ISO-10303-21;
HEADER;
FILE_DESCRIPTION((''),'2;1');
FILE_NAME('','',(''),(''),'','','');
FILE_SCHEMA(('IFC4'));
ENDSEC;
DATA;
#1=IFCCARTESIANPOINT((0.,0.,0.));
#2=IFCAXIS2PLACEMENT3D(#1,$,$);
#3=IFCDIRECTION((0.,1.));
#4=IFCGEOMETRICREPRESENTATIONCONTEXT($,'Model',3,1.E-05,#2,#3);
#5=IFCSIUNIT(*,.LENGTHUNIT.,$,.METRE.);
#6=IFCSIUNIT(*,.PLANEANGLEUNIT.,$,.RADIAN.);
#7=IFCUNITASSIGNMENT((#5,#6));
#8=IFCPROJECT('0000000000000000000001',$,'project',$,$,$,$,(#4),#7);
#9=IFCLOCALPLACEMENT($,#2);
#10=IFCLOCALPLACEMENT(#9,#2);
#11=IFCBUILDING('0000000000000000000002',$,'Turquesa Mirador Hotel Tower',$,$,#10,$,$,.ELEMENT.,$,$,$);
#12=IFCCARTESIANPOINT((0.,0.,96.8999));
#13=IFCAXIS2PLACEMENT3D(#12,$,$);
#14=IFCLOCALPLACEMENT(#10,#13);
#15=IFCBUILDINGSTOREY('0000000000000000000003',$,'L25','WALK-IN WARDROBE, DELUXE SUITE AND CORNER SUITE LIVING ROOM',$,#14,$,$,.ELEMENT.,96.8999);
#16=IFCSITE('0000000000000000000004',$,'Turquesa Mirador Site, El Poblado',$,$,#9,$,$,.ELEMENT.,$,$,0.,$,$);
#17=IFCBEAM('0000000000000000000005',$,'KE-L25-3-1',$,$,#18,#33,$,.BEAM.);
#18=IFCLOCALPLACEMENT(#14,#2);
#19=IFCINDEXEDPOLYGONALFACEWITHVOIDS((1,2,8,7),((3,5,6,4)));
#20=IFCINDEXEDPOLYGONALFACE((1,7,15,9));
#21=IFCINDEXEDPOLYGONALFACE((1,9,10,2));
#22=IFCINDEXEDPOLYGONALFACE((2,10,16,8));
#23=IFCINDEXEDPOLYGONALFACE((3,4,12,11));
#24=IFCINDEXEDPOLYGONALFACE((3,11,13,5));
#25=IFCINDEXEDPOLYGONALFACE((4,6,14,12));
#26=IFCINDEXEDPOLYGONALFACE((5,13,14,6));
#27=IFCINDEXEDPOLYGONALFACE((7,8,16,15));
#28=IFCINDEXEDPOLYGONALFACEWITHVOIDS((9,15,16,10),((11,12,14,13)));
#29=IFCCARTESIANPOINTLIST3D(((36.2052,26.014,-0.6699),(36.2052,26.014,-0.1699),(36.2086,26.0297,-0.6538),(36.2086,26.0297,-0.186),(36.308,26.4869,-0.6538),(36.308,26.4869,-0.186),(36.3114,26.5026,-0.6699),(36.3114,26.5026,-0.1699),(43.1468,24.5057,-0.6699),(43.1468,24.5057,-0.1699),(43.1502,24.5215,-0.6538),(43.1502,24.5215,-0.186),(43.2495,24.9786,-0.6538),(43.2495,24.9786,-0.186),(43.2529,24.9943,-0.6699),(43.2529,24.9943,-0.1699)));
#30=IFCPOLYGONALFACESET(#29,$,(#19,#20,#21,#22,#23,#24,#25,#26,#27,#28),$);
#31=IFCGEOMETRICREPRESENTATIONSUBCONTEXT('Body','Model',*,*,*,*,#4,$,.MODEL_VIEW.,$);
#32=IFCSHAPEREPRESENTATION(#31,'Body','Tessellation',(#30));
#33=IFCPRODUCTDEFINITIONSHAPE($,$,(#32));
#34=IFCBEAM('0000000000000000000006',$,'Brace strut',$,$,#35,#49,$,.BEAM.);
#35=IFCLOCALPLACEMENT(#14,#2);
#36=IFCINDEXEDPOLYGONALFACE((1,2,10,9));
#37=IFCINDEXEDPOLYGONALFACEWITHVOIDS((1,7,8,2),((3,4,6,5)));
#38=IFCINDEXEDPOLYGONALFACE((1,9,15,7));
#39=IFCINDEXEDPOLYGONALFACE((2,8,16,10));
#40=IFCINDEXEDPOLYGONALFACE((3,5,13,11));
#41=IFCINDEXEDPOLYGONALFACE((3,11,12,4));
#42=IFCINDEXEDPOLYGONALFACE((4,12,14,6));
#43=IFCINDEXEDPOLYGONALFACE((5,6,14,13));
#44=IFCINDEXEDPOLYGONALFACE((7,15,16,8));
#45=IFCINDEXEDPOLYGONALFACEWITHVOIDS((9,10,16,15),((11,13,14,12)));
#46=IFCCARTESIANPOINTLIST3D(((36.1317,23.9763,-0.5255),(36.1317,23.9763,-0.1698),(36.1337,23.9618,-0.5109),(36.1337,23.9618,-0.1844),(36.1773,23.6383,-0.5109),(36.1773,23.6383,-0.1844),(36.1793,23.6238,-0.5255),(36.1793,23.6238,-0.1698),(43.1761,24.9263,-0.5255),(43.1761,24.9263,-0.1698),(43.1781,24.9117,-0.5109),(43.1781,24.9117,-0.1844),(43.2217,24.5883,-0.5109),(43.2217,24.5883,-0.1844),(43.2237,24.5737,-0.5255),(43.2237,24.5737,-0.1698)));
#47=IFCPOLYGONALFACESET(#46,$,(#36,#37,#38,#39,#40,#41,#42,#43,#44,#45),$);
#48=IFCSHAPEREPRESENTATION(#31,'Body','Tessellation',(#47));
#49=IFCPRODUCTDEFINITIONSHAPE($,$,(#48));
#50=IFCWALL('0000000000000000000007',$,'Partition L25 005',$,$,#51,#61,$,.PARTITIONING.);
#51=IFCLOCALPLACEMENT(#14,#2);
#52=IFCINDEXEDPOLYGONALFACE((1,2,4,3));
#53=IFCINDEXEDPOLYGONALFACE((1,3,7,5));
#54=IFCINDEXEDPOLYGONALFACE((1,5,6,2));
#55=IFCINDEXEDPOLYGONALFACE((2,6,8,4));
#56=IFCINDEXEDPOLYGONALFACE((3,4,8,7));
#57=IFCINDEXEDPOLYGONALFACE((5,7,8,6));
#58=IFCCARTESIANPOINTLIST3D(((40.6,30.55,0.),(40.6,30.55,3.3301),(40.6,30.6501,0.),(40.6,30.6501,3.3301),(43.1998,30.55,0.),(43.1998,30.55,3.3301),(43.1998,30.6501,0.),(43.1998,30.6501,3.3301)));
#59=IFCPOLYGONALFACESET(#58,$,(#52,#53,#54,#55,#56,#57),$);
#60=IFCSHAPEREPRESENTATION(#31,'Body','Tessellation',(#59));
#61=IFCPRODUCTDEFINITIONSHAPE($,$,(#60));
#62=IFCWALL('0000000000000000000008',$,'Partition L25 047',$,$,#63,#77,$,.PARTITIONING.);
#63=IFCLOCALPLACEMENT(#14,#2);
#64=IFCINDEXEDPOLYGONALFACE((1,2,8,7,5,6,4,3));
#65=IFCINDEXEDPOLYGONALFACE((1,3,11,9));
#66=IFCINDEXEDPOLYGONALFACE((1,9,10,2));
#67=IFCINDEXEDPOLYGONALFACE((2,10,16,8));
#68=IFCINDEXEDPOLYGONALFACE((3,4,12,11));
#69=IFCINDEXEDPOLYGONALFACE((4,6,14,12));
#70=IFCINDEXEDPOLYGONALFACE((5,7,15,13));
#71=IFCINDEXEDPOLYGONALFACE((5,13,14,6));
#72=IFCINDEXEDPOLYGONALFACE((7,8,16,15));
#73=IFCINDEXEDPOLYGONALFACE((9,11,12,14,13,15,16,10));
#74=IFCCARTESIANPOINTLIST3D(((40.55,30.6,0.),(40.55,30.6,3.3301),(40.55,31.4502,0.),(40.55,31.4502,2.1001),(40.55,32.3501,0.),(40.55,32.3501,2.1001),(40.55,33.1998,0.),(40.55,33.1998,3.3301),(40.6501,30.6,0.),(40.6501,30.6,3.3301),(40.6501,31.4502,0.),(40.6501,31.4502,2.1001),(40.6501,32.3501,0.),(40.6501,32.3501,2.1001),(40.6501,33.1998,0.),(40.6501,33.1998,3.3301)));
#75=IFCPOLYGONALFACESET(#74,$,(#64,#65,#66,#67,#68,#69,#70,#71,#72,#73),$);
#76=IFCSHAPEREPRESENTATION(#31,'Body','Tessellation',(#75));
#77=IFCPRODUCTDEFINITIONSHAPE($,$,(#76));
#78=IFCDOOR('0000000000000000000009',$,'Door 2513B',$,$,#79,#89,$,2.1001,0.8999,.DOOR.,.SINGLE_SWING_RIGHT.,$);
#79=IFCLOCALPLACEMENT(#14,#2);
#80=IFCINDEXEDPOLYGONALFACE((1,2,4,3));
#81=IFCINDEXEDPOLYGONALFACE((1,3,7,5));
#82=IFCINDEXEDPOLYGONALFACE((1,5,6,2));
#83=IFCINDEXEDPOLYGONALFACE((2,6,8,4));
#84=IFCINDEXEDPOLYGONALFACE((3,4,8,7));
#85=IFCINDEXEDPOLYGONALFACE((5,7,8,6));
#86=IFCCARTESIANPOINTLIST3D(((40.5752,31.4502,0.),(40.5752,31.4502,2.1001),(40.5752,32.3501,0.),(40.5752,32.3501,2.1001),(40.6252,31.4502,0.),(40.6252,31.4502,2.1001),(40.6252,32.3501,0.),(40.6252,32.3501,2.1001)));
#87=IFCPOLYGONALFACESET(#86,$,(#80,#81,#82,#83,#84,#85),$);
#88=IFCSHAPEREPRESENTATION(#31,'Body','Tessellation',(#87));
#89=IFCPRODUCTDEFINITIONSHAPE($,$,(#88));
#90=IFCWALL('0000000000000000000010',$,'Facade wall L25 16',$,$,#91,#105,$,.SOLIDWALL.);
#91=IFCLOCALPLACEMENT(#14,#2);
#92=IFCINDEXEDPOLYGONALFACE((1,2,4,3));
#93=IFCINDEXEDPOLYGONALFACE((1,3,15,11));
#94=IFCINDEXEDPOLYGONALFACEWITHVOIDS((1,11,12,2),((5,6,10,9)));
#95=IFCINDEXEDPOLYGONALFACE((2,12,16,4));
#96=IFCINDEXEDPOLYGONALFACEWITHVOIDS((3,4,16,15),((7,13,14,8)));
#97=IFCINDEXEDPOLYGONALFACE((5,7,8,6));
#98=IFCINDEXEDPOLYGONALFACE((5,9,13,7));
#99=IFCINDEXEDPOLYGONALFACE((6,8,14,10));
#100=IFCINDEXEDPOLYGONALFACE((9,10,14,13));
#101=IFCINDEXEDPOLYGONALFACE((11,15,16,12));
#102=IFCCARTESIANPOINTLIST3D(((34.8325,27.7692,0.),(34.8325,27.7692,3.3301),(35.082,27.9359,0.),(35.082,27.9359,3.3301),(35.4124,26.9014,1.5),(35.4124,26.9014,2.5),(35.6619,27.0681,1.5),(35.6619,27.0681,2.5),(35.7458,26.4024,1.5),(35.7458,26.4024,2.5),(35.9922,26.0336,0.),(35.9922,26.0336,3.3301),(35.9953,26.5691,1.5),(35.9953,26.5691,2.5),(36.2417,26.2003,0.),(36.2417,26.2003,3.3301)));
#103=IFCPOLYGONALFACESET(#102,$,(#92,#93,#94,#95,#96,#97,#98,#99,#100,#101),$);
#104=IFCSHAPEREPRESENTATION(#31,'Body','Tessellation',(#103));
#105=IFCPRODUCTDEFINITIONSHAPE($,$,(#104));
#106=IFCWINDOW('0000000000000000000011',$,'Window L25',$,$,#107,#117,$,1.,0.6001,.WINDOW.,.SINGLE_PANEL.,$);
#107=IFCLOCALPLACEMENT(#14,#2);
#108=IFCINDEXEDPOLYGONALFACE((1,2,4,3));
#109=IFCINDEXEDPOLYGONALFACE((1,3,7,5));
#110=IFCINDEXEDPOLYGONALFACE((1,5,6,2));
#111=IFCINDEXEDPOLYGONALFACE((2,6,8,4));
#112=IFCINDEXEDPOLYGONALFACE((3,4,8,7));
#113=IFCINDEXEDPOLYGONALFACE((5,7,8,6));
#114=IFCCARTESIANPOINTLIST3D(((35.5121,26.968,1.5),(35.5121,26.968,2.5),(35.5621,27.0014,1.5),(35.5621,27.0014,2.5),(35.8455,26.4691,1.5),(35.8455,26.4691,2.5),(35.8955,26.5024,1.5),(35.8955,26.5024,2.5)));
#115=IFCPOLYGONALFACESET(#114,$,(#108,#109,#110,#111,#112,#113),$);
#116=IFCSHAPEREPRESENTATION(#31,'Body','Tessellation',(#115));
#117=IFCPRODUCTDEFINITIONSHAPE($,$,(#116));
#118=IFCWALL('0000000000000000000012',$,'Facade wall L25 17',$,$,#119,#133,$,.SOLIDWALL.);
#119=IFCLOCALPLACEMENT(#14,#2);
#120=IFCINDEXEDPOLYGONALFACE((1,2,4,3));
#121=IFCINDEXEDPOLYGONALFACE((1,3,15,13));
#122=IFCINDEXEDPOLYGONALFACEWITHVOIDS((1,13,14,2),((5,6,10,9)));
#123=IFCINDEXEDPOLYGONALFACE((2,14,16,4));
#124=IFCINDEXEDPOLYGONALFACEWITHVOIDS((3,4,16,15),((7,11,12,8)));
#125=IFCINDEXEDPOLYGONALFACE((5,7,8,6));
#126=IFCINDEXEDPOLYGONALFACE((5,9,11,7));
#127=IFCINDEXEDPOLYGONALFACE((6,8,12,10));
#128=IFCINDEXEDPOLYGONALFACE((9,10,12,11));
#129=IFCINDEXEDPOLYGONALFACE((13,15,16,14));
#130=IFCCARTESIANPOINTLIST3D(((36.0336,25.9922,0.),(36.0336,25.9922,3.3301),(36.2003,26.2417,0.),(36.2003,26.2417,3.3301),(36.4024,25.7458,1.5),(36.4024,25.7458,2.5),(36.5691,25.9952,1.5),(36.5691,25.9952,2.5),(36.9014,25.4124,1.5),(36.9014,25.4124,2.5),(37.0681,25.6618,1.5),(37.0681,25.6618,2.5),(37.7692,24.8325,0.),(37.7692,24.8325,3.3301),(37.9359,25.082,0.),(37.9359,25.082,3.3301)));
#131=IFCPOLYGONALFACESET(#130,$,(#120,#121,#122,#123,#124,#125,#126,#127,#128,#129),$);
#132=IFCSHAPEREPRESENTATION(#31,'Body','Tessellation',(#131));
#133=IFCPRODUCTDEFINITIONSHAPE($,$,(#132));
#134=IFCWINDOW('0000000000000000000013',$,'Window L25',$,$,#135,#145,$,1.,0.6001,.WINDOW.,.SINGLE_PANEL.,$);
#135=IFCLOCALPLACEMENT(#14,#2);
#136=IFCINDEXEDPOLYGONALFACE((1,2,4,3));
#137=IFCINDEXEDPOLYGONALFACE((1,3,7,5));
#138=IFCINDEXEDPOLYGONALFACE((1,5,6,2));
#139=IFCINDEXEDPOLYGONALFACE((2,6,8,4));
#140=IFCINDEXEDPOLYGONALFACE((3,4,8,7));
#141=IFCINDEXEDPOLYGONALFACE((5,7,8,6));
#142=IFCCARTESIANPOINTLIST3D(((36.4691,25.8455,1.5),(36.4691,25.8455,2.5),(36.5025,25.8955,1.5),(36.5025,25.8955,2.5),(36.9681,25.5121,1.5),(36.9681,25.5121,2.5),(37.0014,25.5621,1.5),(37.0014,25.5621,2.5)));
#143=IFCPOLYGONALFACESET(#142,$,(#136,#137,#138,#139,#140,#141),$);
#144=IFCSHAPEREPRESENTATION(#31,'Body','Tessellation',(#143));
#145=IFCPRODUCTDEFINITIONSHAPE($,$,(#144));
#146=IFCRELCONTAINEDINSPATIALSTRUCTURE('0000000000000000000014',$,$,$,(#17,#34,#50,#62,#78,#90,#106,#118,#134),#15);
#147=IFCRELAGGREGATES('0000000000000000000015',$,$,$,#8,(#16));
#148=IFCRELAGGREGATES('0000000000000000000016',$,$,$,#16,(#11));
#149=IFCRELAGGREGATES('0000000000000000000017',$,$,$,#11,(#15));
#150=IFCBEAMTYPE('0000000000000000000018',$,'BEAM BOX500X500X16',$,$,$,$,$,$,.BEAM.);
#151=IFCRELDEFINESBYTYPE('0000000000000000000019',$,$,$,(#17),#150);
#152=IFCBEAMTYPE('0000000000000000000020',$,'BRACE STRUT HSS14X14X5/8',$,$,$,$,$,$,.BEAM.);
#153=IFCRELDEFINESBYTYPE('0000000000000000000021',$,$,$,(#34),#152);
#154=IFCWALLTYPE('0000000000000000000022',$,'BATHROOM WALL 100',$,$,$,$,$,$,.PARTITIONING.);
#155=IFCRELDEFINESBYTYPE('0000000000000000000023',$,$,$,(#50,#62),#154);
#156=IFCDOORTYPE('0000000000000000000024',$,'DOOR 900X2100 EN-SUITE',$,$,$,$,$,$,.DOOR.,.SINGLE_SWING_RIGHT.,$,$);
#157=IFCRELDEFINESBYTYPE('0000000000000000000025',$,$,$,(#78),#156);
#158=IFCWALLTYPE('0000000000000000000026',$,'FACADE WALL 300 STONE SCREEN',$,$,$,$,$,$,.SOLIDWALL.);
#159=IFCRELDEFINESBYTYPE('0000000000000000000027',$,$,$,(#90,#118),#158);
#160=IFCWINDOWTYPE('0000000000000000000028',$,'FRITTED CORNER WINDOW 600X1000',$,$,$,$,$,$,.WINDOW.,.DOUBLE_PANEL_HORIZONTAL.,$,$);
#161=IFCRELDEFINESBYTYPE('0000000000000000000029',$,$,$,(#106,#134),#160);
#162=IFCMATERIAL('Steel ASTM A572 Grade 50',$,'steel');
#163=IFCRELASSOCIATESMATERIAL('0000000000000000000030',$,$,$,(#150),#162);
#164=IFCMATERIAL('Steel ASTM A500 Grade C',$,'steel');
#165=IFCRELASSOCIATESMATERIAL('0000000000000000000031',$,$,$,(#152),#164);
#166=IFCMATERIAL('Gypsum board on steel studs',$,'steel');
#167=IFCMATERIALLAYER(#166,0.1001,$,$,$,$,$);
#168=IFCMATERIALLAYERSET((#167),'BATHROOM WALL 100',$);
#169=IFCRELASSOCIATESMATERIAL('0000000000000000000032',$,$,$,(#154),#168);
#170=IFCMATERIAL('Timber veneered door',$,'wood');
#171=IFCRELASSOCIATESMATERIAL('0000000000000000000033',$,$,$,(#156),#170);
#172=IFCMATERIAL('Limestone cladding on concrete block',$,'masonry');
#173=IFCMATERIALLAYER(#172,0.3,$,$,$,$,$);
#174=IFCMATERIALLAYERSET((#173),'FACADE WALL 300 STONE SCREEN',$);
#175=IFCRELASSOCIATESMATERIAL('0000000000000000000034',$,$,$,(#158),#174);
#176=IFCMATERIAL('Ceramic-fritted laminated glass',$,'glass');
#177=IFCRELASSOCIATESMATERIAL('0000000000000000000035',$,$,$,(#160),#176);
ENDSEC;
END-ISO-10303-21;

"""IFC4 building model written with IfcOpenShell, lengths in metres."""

from ifc_helpers import new_model, si_unit, direction, frame, frame_2d, origin, origin_2d, place, context, subcontext, project, spatial, rectangle, hollow_rectangle, extrude, material, layer, layer_set, material_profile, profile_set, type_object, element, fill, save


model = new_model("IFC4")

# Units and contexts
model_context = context("Model", 3, precision=1e-05, world=origin(), true_north=direction((0.0, 1.0)))
body_context = subcontext(model_context, "Body", "Model", "MODEL_VIEW")
ifc_project = project(units=[si_unit("LENGTHUNIT", "METRE"), si_unit("PLANEANGLEUNIT", "RADIAN")], contexts=[model_context])

# Site, building, storey
site_placement = place(None, origin())
site = spatial("IfcSite", under=ifc_project, at=site_placement, Name="Turquesa Mirador Site, El Poblado", CompositionType="ELEMENT", RefElevation=0.0)
building_placement = place(site_placement, origin())
building = spatial("IfcBuilding", under=site, at=building_placement, Name="Turquesa Mirador Hotel Tower", CompositionType="ELEMENT")
storey_placement = place(building_placement, frame((0.0, 0.0, 96.8999)))
storey = spatial("IfcBuildingStorey", under=building, at=storey_placement, Name="L25", Description="WALK-IN WARDROBE, DELUXE SUITE AND CORNER SUITE LIVING ROOM", CompositionType="ELEMENT", Elevation=96.8999)

# Beams
ifc_material_1 = material(Name="Steel ASTM A572 Grade 50", Category="steel")
ifc_material_profile_1 = material_profile(ifc_material_1, hollow_rectangle(XDim=0.5, YDim=0.5, WallThickness=0.0161, at=origin_2d()), Name="BOX500X500X16")
ifc_profile_set_1 = profile_set([ifc_material_profile_1], Name="Steel ASTM A572 Grade 50")
beam_type_1 = type_object("IfcBeamType", Name="BEAM BOX500X500X16", PredefinedType="BEAM", material=ifc_profile_set_1)
beam_1_placement = place(storey_placement, frame((36.2583, 26.2583, -0.4199), z_axis=(0.977198, -0.212328, 0.0), x_axis=(0.212328, 0.977198, 0.0)))
element("IfcBeam", 1, at=beam_1_placement, inside=storey, type_object=beam_type_1, Name="KE-L25-3-1", PredefinedType="BEAM", context=body_context, shape_type="SweptSolid", body=[
    extrude(hollow_rectangle(XDim=0.5, YDim=0.5, WallThickness=0.0161, at=origin_2d()), origin(), (0.0, 0.0, 1.0), 7.1035),
])
ifc_material_2 = material(Name="Steel ASTM A500 Grade C", Category="steel")
ifc_material_profile_2 = material_profile(ifc_material_2, hollow_rectangle(XDim=0.3557, YDim=0.3557, WallThickness=0.0146, at=origin_2d()), Name="HSS14X14X5/8")
ifc_profile_set_2 = profile_set([ifc_material_profile_2], Name="Steel ASTM A500 Grade C")
beam_type_2 = type_object("IfcBeamType", Name="BRACE STRUT HSS14X14X5/8", PredefinedType="BEAM", material=ifc_profile_set_2)
beam_2_placement = place(storey_placement, frame((36.1555, 23.8, -0.3477), z_axis=(0.99103, 0.133642, 0.0), x_axis=(-0.133642, 0.99103, 0.0)))
element("IfcBeam", 2, at=beam_2_placement, inside=storey, type_object=beam_type_2, Name="Brace strut", PredefinedType="BEAM", context=body_context, shape_type="SweptSolid", body=[
    extrude(hollow_rectangle(XDim=0.3557, YDim=0.3557, WallThickness=0.0146, at=origin_2d()), origin(), (0.0, 0.0, 1.0), 7.1082),
])

# Wall
ifc_material_3 = material(Name="Gypsum board on steel studs", Category="steel")
ifc_layer_1 = layer(ifc_material_3, 0.1001)
ifc_layer_set_1 = layer_set([ifc_layer_1], Name="BATHROOM WALL 100")
wall_type_1 = type_object("IfcWallType", Name="BATHROOM WALL 100", PredefinedType="PARTITIONING", material=ifc_layer_set_1)
wall_1_placement = place(storey_placement, frame((40.6001, 30.6001, 0.0), z_axis=(0.0, 0.0, 1.0), x_axis=(1.0, 0.0, 0.0)))
element("IfcWall", 3, at=wall_1_placement, inside=storey, type_object=wall_type_1, Name="Partition L25 005", PredefinedType="PARTITIONING", context=body_context, shape_type="SweptSolid", body=[
    extrude(rectangle(XDim=2.5999, YDim=0.1001, at=frame_2d((1.2998, 0.0))), origin(), (0.0, 0.0, 1.0), 3.3301),
])

# Wall, opening, door
wall_2_placement = place(storey_placement, frame((40.6001, 30.6001, 0.0), z_axis=(0.0, 0.0, 1.0), x_axis=(0.0, 1.0, 0.0)))
wall_2 = element("IfcWall", 4, at=wall_2_placement, inside=storey, type_object=wall_type_1, Name="Partition L25 047", PredefinedType="PARTITIONING", context=body_context, shape_type="SweptSolid", body=[
    extrude(rectangle(XDim=2.5999, YDim=0.1001, at=frame_2d((1.2998, 0.0))), origin(), (0.0, 0.0, 1.0), 3.3301),
])
opening_1_placement = place(wall_2_placement, frame((0.8501, 0.0, 0.0)))
opening_1 = element("IfcOpeningElement", 5, at=opening_1_placement, cuts=wall_2, PredefinedType="OPENING", context=body_context, shape_type="SweptSolid", body=[
    extrude(rectangle(XDim=0.8999, YDim=2.1001, at=frame_2d((0.45, 1.05))), frame((0.0, 0.0601, 0.0), z_axis=(0.0, -1.0, 0.0), x_axis=(1.0, 0.0, 0.0)), (0.0, 0.0, 1.0), 0.1201),
])
ifc_material_4 = material(Name="Timber veneered door", Category="wood")
door_type = type_object("IfcDoorType", Name="DOOR 900X2100 EN-SUITE", OperationType="SINGLE_SWING_RIGHT", PredefinedType="DOOR", material=ifc_material_4)
door_placement = place(opening_1_placement, origin())
door = element("IfcDoor", 6, at=door_placement, inside=storey, type_object=door_type, Name="Door 2513B", OperationType="SINGLE_SWING_RIGHT", OverallHeight=2.1001, OverallWidth=0.8999, PredefinedType="DOOR", context=body_context, shape_type="SweptSolid", body=[
    extrude(rectangle(XDim=0.8999, YDim=2.1001, at=frame_2d((0.45, 1.05))), frame((0.0, 0.0249, 0.0), z_axis=(0.0, -1.0, 0.0), x_axis=(1.0, 0.0, 0.0)), (0.0, 0.0, 1.0), 0.05),
])
fill(opening_1, door)

# Walls, openings, windows
ifc_material_5 = material(Name="Limestone cladding on concrete block", Category="masonry")
ifc_layer_2 = layer(ifc_material_5, 0.3)
ifc_layer_set_2 = layer_set([ifc_layer_2], Name="FACADE WALL 300 STONE SCREEN")
wall_type_2 = type_object("IfcWallType", Name="FACADE WALL 300 STONE SCREEN", PredefinedType="SOLIDWALL", material=ifc_layer_set_2)
wall_3_placement = place(storey_placement, frame((34.9573, 27.8525, 0.0), z_axis=(0.0, 0.0, 1.0), x_axis=(0.555564, -0.831474, 0.0)))
wall_3 = element("IfcWall", 7, at=wall_3_placement, inside=storey, type_object=wall_type_2, Name="Facade wall L25 16", PredefinedType="SOLIDWALL", context=body_context, shape_type="SweptSolid", body=[
    extrude(rectangle(XDim=2.0874, YDim=0.3, at=frame_2d((1.0437, 0.0))), origin(), (0.0, 0.0, 1.0), 3.3301),
])
opening_2_placement = place(wall_3_placement, frame((1.0437, 0.0, 1.5)))
opening_2 = element("IfcOpeningElement", 8, at=opening_2_placement, cuts=wall_3, PredefinedType="OPENING", context=body_context, shape_type="SweptSolid", body=[
    extrude(rectangle(XDim=0.6001, YDim=1.0, at=frame_2d((0.3, 0.5))), frame((0.0, 0.1599, 0.0), z_axis=(0.0, -1.0, 0.0), x_axis=(1.0, 0.0, 0.0)), (0.0, 0.0, 1.0), 0.3201),
])
ifc_material_6 = material(Name="Ceramic-fritted laminated glass", Category="glass")
window_type_1 = type_object("IfcWindowType", Name="FRITTED CORNER WINDOW 600X1000", PartitioningType="DOUBLE_PANEL_HORIZONTAL", PredefinedType="WINDOW", material=ifc_material_6)
window_1_placement = place(opening_2_placement, origin())
window_1 = element("IfcWindow", 9, at=window_1_placement, inside=storey, type_object=window_type_1, Name="Window L25", OverallHeight=1.0, OverallWidth=0.6001, PartitioningType="SINGLE_PANEL", PredefinedType="WINDOW", context=body_context, shape_type="SweptSolid", body=[
    extrude(rectangle(XDim=0.6001, YDim=1.0, at=frame_2d((0.3, 0.5))), frame((0.0, 0.03, 0.0), z_axis=(0.0, -1.0, 0.0), x_axis=(1.0, 0.0, 0.0)), (0.0, 0.0, 1.0), 0.0601),
])
fill(opening_2, window_1)
wall_4_placement = place(storey_placement, frame((36.1169, 26.1169, 0.0), z_axis=(0.0, 0.0, 1.0), x_axis=(0.831474, -0.555564, 0.0)))
wall_4 = element("IfcWall", 10, at=wall_4_placement, inside=storey, type_object=wall_type_2, Name="Facade wall L25 17", PredefinedType="SOLIDWALL", context=body_context, shape_type="SweptSolid", body=[
    extrude(rectangle(XDim=2.0874, YDim=0.3, at=frame_2d((1.0437, 0.0))), origin(), (0.0, 0.0, 1.0), 3.3301),
])
opening_3_placement = place(wall_4_placement, frame((0.4436, 0.0, 1.5)))
opening_3 = element("IfcOpeningElement", 11, at=opening_3_placement, cuts=wall_4, PredefinedType="OPENING", context=body_context, shape_type="SweptSolid", body=[
    extrude(rectangle(XDim=0.6001, YDim=1.0, at=frame_2d((0.3, 0.5))), frame((0.0, 0.1599, 0.0), z_axis=(0.0, -1.0, 0.0), x_axis=(1.0, 0.0, 0.0)), (0.0, 0.0, 1.0), 0.3201),
])
window_2_placement = place(opening_3_placement, origin())
window_2 = element("IfcWindow", 12, at=window_2_placement, inside=storey, type_object=window_type_1, Name="Window L25", OverallHeight=1.0, OverallWidth=0.6001, PartitioningType="SINGLE_PANEL", PredefinedType="WINDOW", context=body_context, shape_type="SweptSolid", body=[
    extrude(rectangle(XDim=0.6001, YDim=1.0, at=frame_2d((0.3, 0.5))), frame((0.0, 0.03, 0.0), z_axis=(0.0, -1.0, 0.0), x_axis=(1.0, 0.0, 0.0)), (0.0, 0.0, 1.0), 0.0601),
])
fill(opening_3, window_2)

save(model, "model.ifc")
